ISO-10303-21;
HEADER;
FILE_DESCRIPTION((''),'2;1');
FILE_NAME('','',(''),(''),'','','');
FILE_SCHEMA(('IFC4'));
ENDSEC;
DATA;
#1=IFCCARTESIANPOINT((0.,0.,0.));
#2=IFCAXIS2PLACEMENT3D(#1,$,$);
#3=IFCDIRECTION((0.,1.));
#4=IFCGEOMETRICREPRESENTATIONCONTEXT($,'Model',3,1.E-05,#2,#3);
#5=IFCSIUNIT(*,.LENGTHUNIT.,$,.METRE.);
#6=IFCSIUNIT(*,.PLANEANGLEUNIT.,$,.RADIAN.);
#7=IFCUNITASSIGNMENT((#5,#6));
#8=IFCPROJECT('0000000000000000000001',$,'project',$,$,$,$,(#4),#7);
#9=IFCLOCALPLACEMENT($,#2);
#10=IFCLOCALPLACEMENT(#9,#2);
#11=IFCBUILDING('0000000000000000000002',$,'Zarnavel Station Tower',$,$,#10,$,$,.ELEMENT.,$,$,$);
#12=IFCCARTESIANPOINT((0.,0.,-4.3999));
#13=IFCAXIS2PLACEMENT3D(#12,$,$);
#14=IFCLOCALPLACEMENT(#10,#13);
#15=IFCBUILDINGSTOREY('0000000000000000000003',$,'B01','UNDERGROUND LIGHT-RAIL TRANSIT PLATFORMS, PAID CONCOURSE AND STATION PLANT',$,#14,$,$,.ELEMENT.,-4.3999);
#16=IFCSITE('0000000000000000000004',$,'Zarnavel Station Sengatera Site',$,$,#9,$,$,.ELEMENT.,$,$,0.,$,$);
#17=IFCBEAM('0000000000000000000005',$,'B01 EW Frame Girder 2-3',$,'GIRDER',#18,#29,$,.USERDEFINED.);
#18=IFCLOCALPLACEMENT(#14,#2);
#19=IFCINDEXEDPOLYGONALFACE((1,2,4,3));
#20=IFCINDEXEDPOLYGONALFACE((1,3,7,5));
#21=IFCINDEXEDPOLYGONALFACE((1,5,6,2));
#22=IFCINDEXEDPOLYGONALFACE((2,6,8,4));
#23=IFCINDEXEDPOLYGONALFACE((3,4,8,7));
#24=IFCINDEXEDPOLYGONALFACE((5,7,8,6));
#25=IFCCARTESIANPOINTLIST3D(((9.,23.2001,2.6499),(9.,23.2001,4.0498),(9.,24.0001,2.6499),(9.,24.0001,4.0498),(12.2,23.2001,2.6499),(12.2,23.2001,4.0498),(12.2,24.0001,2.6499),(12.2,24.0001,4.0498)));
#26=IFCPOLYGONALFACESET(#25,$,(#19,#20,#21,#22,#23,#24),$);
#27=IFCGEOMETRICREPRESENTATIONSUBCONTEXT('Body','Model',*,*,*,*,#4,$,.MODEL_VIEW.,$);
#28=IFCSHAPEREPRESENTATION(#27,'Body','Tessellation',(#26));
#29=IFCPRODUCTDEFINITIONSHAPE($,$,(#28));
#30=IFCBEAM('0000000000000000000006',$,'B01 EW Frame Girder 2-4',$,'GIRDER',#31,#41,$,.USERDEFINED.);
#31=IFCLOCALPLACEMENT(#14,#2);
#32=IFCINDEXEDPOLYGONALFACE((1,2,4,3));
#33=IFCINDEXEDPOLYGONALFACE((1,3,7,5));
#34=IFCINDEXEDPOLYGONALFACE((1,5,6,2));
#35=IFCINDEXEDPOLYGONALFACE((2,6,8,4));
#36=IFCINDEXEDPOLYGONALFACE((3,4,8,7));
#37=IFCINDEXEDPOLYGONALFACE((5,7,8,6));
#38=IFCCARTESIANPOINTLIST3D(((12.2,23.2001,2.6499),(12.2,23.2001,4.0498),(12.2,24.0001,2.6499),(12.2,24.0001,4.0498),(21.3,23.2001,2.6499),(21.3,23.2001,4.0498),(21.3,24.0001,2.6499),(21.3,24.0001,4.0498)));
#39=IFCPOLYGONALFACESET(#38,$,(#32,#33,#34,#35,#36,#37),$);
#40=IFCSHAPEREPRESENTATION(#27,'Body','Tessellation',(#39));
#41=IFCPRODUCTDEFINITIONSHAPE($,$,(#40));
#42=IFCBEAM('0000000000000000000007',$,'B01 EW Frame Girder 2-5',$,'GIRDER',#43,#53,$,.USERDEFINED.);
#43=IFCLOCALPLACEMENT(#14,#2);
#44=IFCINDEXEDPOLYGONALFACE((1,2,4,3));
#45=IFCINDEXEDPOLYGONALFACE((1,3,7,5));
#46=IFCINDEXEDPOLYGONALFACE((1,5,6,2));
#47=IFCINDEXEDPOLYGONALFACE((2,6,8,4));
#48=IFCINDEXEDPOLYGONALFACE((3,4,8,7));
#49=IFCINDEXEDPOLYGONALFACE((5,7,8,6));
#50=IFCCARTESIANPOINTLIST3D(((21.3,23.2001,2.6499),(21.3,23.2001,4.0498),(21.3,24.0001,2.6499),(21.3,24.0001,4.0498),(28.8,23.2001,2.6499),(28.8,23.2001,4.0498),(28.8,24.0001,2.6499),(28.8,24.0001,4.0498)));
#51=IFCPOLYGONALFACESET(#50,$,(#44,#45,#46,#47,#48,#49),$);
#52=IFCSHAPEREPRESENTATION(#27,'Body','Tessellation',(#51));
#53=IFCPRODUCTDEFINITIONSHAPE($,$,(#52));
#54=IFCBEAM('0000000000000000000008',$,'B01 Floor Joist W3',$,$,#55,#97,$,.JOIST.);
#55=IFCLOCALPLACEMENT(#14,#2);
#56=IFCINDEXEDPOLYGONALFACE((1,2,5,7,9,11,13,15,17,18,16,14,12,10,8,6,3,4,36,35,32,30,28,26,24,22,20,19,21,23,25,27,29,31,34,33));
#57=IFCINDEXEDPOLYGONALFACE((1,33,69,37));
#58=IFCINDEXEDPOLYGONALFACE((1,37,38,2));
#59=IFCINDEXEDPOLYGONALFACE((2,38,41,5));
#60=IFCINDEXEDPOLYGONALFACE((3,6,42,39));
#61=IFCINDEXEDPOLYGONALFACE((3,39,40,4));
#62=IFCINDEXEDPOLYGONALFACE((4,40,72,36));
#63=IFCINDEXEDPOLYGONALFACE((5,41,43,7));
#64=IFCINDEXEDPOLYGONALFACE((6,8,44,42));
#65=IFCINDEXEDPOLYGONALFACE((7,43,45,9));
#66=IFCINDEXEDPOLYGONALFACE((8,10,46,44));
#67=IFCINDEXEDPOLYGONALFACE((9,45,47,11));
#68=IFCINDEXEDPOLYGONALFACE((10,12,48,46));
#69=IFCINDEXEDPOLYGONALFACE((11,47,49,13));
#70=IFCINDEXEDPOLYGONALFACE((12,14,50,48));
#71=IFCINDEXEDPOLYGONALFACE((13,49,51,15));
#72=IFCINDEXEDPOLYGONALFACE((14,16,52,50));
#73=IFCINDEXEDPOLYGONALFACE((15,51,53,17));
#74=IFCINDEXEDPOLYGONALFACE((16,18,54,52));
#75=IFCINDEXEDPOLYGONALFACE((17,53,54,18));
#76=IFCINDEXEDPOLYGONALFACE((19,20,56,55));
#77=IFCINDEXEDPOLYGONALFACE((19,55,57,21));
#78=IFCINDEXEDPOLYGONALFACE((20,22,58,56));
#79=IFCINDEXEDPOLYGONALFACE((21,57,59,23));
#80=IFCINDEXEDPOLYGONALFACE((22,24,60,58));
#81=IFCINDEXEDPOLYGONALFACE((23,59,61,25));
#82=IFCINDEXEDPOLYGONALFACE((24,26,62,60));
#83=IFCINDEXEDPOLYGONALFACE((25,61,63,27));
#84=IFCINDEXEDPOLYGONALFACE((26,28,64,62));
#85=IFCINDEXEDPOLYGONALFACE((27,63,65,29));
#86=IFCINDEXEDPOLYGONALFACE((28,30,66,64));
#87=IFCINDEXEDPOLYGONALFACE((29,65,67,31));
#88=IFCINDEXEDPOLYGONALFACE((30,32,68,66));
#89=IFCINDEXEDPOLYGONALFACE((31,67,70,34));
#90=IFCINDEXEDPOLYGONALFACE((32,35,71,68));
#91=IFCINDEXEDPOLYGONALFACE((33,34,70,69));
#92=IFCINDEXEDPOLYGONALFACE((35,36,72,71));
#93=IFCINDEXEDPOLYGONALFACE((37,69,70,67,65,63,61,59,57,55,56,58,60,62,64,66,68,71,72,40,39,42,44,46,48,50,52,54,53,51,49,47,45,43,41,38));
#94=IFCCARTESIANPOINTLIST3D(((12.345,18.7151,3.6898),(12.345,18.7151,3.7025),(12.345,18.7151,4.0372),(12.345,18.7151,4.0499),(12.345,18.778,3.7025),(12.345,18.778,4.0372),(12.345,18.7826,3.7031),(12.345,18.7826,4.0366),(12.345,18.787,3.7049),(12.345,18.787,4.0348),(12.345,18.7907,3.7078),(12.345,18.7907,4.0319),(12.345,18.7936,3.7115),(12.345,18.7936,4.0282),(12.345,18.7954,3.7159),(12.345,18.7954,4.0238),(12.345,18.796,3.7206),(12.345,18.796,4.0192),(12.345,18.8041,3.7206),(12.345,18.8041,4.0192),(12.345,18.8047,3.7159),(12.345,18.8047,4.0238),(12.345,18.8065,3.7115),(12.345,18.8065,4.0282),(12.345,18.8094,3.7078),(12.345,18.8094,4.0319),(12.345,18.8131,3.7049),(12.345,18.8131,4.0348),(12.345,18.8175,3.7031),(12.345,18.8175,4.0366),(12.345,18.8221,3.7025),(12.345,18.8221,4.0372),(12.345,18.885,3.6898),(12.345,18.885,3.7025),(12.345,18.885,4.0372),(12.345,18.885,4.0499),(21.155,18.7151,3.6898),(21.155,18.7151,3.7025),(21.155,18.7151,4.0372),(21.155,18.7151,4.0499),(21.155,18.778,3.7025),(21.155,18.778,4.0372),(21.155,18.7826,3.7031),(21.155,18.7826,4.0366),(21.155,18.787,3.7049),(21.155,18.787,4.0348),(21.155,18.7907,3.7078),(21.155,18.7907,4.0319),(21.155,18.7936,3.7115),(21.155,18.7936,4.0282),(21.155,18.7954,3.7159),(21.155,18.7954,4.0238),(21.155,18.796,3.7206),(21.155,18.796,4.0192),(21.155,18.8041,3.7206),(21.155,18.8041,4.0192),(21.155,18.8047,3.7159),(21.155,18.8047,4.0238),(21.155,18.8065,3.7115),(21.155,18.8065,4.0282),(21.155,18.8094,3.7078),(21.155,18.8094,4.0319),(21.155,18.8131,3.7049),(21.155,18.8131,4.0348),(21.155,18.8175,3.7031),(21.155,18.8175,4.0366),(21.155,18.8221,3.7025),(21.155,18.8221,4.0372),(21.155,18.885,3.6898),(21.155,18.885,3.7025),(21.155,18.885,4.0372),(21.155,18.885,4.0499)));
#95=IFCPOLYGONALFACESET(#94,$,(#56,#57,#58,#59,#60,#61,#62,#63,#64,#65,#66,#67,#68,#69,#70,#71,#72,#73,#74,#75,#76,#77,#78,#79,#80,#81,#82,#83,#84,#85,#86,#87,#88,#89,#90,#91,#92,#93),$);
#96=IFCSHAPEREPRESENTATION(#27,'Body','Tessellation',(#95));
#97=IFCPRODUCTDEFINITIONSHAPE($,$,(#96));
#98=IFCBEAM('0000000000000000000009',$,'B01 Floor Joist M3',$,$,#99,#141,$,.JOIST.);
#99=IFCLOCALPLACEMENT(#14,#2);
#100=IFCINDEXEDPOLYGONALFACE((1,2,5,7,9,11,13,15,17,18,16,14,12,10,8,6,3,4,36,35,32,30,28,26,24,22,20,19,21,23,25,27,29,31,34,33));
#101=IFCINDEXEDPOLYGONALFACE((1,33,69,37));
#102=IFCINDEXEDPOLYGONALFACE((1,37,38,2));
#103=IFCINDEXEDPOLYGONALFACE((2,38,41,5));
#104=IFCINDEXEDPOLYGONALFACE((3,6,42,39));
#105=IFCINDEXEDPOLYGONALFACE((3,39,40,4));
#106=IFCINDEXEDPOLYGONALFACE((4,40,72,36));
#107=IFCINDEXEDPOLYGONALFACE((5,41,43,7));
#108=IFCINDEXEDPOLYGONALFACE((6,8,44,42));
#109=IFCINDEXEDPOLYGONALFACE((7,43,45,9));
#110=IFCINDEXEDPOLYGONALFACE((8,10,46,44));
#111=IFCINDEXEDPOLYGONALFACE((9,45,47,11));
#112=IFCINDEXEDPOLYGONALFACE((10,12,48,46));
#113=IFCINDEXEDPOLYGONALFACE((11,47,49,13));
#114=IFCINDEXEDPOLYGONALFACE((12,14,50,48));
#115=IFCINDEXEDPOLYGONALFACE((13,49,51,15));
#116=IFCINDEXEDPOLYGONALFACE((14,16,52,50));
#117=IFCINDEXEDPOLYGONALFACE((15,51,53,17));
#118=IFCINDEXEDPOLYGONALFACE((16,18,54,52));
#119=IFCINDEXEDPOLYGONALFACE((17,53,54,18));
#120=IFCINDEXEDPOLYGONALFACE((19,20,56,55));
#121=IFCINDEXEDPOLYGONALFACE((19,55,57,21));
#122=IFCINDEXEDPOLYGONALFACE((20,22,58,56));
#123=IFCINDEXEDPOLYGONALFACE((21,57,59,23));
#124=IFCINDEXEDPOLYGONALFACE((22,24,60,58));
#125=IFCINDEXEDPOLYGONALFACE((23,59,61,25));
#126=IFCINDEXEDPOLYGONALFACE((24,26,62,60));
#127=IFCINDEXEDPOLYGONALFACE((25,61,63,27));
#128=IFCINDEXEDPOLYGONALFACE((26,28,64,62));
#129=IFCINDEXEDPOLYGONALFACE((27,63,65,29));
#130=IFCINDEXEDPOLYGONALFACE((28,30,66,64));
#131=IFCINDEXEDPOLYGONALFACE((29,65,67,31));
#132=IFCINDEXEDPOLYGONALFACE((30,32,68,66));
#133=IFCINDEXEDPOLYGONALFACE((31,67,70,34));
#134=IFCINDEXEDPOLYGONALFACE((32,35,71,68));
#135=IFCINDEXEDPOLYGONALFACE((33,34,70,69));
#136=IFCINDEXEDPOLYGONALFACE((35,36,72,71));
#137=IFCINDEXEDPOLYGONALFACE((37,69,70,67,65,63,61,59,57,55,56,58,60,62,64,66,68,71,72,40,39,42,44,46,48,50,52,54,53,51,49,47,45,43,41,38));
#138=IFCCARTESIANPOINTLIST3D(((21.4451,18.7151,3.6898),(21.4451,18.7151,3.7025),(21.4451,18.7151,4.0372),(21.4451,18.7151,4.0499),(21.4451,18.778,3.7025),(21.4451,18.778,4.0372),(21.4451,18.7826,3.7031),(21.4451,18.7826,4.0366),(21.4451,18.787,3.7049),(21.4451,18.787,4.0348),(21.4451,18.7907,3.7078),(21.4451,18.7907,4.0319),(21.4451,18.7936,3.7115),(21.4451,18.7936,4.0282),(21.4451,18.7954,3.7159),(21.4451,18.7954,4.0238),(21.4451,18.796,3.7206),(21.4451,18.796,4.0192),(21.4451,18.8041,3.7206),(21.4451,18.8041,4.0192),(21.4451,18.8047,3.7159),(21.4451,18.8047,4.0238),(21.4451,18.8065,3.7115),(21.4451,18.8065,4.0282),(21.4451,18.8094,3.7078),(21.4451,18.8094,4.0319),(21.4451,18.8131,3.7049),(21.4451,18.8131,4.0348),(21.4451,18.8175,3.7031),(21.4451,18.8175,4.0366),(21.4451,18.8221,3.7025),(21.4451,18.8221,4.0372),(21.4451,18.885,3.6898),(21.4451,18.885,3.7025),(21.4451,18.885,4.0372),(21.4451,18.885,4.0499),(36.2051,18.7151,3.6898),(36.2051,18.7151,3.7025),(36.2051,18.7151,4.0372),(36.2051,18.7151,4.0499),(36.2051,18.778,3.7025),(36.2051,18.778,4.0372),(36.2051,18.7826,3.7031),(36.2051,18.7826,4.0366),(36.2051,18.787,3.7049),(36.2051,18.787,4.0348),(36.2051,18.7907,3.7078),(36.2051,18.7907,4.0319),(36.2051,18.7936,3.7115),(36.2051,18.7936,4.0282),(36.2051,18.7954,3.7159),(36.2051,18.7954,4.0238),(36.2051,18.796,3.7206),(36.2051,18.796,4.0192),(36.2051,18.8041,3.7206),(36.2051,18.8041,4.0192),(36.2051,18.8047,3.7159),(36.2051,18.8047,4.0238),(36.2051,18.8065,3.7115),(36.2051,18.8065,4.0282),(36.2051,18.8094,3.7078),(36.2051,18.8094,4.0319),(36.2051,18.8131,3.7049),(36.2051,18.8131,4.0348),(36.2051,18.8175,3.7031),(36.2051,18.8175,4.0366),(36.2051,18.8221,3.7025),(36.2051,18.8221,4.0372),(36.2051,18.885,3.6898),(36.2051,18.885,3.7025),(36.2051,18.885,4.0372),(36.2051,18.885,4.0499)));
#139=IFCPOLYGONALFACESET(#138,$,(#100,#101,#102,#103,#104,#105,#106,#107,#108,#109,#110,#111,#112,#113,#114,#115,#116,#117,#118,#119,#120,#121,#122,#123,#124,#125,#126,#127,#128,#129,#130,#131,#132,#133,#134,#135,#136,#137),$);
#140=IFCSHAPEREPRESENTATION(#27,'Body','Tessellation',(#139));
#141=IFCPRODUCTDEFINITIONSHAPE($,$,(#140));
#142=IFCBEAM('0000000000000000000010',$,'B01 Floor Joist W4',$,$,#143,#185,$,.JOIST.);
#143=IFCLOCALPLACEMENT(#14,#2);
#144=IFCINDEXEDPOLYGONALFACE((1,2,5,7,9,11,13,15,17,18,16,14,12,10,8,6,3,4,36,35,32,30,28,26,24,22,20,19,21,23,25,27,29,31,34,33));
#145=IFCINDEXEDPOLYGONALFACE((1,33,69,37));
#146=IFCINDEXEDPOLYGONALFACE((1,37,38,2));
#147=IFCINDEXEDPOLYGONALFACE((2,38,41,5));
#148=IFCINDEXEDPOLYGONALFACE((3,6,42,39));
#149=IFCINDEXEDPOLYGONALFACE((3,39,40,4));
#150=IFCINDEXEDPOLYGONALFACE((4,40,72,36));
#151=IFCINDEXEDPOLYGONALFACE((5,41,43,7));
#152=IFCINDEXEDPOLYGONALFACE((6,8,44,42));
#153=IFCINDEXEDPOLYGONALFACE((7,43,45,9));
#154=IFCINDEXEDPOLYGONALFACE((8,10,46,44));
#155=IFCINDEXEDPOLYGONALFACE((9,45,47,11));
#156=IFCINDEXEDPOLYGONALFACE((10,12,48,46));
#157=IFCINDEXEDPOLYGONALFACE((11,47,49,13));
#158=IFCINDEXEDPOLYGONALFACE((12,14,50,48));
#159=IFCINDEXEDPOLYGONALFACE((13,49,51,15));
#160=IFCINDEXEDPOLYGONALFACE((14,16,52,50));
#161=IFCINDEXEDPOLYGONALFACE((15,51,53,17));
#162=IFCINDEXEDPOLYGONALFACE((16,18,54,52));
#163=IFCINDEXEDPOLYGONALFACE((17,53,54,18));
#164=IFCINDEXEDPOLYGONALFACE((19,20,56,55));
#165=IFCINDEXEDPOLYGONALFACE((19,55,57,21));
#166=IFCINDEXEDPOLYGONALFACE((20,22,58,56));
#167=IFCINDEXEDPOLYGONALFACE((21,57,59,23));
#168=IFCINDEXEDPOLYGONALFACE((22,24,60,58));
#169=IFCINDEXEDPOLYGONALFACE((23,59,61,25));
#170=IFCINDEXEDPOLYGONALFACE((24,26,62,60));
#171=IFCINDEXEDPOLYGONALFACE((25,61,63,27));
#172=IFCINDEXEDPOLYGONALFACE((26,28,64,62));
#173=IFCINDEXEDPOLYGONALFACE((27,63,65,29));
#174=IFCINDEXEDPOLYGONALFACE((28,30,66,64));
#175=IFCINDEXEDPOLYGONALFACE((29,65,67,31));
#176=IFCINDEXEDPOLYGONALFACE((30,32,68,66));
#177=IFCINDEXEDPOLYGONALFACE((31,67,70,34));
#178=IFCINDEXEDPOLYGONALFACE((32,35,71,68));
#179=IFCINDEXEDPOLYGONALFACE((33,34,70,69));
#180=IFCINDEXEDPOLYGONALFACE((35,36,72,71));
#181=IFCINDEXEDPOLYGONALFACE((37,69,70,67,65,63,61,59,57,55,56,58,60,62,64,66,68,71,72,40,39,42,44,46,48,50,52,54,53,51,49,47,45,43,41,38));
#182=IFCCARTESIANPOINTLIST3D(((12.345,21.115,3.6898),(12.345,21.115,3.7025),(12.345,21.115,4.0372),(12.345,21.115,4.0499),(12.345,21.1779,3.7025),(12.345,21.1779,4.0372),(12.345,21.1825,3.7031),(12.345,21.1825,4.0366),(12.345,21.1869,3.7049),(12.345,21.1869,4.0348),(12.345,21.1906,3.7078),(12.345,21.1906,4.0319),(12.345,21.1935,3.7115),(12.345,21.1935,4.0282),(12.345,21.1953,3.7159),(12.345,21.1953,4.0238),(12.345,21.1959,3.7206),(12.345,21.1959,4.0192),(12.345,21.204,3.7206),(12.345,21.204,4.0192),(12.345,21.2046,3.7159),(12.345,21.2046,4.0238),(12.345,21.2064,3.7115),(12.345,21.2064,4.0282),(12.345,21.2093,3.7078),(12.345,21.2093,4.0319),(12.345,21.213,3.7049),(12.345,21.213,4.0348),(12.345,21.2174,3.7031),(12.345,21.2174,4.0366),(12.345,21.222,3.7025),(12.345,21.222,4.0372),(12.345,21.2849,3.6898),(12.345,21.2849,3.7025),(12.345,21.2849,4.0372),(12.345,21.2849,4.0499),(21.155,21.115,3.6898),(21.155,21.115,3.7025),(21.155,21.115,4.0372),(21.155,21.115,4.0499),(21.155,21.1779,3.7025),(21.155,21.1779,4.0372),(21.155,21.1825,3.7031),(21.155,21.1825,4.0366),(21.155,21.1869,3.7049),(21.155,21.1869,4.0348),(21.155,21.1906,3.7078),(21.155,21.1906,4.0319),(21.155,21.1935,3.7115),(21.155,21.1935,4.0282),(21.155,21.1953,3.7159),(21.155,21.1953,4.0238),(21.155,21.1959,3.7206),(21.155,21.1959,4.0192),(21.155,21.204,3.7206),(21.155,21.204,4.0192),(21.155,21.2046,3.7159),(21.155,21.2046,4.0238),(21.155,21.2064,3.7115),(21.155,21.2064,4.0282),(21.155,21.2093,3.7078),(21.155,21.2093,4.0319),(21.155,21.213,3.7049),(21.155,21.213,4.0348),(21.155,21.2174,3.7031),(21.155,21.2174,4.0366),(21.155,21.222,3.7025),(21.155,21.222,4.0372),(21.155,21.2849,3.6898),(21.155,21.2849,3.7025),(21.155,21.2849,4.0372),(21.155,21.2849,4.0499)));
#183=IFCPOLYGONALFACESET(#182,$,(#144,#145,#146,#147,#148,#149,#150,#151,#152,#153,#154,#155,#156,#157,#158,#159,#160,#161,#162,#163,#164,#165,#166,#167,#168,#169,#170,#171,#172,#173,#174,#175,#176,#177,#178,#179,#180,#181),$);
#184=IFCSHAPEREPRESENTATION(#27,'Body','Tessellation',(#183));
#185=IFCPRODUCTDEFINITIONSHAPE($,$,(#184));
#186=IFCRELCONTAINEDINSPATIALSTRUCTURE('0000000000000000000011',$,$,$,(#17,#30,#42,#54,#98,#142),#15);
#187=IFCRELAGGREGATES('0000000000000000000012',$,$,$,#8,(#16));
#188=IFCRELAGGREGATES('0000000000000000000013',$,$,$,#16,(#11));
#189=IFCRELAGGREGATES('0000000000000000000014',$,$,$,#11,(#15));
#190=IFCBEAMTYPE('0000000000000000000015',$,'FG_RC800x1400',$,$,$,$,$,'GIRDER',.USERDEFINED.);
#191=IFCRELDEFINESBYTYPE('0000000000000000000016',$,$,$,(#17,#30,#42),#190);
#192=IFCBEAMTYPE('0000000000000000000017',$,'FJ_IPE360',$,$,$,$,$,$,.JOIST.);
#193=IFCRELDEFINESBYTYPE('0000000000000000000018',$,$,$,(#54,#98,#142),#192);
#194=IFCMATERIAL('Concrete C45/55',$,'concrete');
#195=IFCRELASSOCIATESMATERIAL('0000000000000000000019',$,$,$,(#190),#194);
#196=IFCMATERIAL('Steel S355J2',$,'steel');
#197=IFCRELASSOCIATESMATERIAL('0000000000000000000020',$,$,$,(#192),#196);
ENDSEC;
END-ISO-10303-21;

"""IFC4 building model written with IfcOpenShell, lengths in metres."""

from ifc_helpers import new_model, si_unit, direction, frame, origin, origin_2d, place, context, subcontext, project, spatial, rectangle, i_section, extrude, material, material_profile, profile_set, type_object, element, save


model = new_model("IFC4")

# Units and contexts
model_context = context("Model", 3, precision=1e-05, world=origin(), true_north=direction((0.0, 1.0)))
body_context = subcontext(model_context, "Body", "Model", "MODEL_VIEW")
ifc_project = project(units=[si_unit("LENGTHUNIT", "METRE"), si_unit("PLANEANGLEUNIT", "RADIAN")], contexts=[model_context])

# Site, building, storey
site_placement = place(None, origin())
site = spatial("IfcSite", under=ifc_project, at=site_placement, Name="Zarnavel Station Sengatera Site", CompositionType="ELEMENT", RefElevation=0.0)
building_placement = place(site_placement, origin())
building = spatial("IfcBuilding", under=site, at=building_placement, Name="Zarnavel Station Tower", CompositionType="ELEMENT")
storey_placement = place(building_placement, frame((0.0, 0.0, -4.3999)))
storey = spatial("IfcBuildingStorey", under=building, at=storey_placement, Name="B01", Description="UNDERGROUND LIGHT-RAIL TRANSIT PLATFORMS, PAID CONCOURSE AND STATION PLANT", CompositionType="ELEMENT", Elevation=-4.3999)

# Beams
ifc_material_1 = material(Name="Concrete C45/55", Category="concrete")
ifc_material_profile_1 = material_profile(ifc_material_1, rectangle(XDim=0.8, YDim=1.3999, at=origin_2d()), Name="RC800x1400")
ifc_profile_set_1 = profile_set([ifc_material_profile_1], Name="Concrete C45/55")
beam_type_1 = type_object("IfcBeamType", Name="FG_RC800x1400", ElementType="GIRDER", PredefinedType="USERDEFINED", material=ifc_profile_set_1)
beam_1_placement = place(storey_placement, frame((9.0, 23.6001, 3.3499), z_axis=(1.0, 0.0, 0.0), x_axis=(0.0, 1.0, 0.0)))
element("IfcBeam", 1, at=beam_1_placement, inside=storey, type_object=beam_type_1, Name="B01 EW Frame Girder 2-3", ObjectType="GIRDER", PredefinedType="USERDEFINED", context=body_context, shape_type="SweptSolid", body=[
    extrude(rectangle(XDim=0.8, YDim=1.3999, at=origin_2d()), origin(), (0.0, 0.0, 1.0), 3.2),
])
beam_2_placement = place(storey_placement, frame((12.2, 23.6001, 3.3499), z_axis=(1.0, 0.0, 0.0), x_axis=(0.0, 1.0, 0.0)))
element("IfcBeam", 2, at=beam_2_placement, inside=storey, type_object=beam_type_1, Name="B01 EW Frame Girder 2-4", ObjectType="GIRDER", PredefinedType="USERDEFINED", context=body_context, shape_type="SweptSolid", body=[
    extrude(rectangle(XDim=0.8, YDim=1.3999, at=origin_2d()), origin(), (0.0, 0.0, 1.0), 9.1001),
])
beam_3_placement = place(storey_placement, frame((21.3, 23.6001, 3.3499), z_axis=(1.0, 0.0, 0.0), x_axis=(0.0, 1.0, 0.0)))
element("IfcBeam", 3, at=beam_3_placement, inside=storey, type_object=beam_type_1, Name="B01 EW Frame Girder 2-5", ObjectType="GIRDER", PredefinedType="USERDEFINED", context=body_context, shape_type="SweptSolid", body=[
    extrude(rectangle(XDim=0.8, YDim=1.3999, at=origin_2d()), origin(), (0.0, 0.0, 1.0), 7.5),
])
ifc_material_2 = material(Name="Steel S355J2", Category="steel")
ifc_material_profile_2 = material_profile(ifc_material_2, i_section(OverallWidth=0.1699, OverallDepth=0.3601, WebThickness=0.0081, FlangeThickness=0.0127, FilletRadius=0.0181, at=origin_2d()), Name="IPE360")
ifc_profile_set_2 = profile_set([ifc_material_profile_2], Name="Steel S355J2")
beam_type_2 = type_object("IfcBeamType", Name="FJ_IPE360", PredefinedType="JOIST", material=ifc_profile_set_2)
beam_4_placement = place(storey_placement, frame((12.345, 18.8, 3.8699), z_axis=(1.0, 0.0, 0.0), x_axis=(0.0, 1.0, 0.0)))
element("IfcBeam", 4, at=beam_4_placement, inside=storey, type_object=beam_type_2, Name="B01 Floor Joist W3", PredefinedType="JOIST", context=body_context, shape_type="SweptSolid", body=[
    extrude(i_section(OverallWidth=0.1699, OverallDepth=0.3601, WebThickness=0.0081, FlangeThickness=0.0127, FilletRadius=0.0181, at=origin_2d()), origin(), (0.0, 0.0, 1.0), 8.8101),
])
beam_5_placement = place(storey_placement, frame((21.4451, 18.8, 3.8699), z_axis=(1.0, 0.0, 0.0), x_axis=(0.0, 1.0, 0.0)))
element("IfcBeam", 5, at=beam_5_placement, inside=storey, type_object=beam_type_2, Name="B01 Floor Joist M3", PredefinedType="JOIST", context=body_context, shape_type="SweptSolid", body=[
    extrude(i_section(OverallWidth=0.1699, OverallDepth=0.3601, WebThickness=0.0081, FlangeThickness=0.0127, FilletRadius=0.0181, at=origin_2d()), origin(), (0.0, 0.0, 1.0), 14.76),
])
beam_6_placement = place(storey_placement, frame((12.345, 21.2, 3.8699), z_axis=(1.0, 0.0, 0.0), x_axis=(0.0, 1.0, 0.0)))
element("IfcBeam", 6, at=beam_6_placement, inside=storey, type_object=beam_type_2, Name="B01 Floor Joist W4", PredefinedType="JOIST", context=body_context, shape_type="SweptSolid", body=[
    extrude(i_section(OverallWidth=0.1699, OverallDepth=0.3601, WebThickness=0.0081, FlangeThickness=0.0127, FilletRadius=0.0181, at=origin_2d()), origin(), (0.0, 0.0, 1.0), 8.8101),
])

save(model, "model.ifc")
